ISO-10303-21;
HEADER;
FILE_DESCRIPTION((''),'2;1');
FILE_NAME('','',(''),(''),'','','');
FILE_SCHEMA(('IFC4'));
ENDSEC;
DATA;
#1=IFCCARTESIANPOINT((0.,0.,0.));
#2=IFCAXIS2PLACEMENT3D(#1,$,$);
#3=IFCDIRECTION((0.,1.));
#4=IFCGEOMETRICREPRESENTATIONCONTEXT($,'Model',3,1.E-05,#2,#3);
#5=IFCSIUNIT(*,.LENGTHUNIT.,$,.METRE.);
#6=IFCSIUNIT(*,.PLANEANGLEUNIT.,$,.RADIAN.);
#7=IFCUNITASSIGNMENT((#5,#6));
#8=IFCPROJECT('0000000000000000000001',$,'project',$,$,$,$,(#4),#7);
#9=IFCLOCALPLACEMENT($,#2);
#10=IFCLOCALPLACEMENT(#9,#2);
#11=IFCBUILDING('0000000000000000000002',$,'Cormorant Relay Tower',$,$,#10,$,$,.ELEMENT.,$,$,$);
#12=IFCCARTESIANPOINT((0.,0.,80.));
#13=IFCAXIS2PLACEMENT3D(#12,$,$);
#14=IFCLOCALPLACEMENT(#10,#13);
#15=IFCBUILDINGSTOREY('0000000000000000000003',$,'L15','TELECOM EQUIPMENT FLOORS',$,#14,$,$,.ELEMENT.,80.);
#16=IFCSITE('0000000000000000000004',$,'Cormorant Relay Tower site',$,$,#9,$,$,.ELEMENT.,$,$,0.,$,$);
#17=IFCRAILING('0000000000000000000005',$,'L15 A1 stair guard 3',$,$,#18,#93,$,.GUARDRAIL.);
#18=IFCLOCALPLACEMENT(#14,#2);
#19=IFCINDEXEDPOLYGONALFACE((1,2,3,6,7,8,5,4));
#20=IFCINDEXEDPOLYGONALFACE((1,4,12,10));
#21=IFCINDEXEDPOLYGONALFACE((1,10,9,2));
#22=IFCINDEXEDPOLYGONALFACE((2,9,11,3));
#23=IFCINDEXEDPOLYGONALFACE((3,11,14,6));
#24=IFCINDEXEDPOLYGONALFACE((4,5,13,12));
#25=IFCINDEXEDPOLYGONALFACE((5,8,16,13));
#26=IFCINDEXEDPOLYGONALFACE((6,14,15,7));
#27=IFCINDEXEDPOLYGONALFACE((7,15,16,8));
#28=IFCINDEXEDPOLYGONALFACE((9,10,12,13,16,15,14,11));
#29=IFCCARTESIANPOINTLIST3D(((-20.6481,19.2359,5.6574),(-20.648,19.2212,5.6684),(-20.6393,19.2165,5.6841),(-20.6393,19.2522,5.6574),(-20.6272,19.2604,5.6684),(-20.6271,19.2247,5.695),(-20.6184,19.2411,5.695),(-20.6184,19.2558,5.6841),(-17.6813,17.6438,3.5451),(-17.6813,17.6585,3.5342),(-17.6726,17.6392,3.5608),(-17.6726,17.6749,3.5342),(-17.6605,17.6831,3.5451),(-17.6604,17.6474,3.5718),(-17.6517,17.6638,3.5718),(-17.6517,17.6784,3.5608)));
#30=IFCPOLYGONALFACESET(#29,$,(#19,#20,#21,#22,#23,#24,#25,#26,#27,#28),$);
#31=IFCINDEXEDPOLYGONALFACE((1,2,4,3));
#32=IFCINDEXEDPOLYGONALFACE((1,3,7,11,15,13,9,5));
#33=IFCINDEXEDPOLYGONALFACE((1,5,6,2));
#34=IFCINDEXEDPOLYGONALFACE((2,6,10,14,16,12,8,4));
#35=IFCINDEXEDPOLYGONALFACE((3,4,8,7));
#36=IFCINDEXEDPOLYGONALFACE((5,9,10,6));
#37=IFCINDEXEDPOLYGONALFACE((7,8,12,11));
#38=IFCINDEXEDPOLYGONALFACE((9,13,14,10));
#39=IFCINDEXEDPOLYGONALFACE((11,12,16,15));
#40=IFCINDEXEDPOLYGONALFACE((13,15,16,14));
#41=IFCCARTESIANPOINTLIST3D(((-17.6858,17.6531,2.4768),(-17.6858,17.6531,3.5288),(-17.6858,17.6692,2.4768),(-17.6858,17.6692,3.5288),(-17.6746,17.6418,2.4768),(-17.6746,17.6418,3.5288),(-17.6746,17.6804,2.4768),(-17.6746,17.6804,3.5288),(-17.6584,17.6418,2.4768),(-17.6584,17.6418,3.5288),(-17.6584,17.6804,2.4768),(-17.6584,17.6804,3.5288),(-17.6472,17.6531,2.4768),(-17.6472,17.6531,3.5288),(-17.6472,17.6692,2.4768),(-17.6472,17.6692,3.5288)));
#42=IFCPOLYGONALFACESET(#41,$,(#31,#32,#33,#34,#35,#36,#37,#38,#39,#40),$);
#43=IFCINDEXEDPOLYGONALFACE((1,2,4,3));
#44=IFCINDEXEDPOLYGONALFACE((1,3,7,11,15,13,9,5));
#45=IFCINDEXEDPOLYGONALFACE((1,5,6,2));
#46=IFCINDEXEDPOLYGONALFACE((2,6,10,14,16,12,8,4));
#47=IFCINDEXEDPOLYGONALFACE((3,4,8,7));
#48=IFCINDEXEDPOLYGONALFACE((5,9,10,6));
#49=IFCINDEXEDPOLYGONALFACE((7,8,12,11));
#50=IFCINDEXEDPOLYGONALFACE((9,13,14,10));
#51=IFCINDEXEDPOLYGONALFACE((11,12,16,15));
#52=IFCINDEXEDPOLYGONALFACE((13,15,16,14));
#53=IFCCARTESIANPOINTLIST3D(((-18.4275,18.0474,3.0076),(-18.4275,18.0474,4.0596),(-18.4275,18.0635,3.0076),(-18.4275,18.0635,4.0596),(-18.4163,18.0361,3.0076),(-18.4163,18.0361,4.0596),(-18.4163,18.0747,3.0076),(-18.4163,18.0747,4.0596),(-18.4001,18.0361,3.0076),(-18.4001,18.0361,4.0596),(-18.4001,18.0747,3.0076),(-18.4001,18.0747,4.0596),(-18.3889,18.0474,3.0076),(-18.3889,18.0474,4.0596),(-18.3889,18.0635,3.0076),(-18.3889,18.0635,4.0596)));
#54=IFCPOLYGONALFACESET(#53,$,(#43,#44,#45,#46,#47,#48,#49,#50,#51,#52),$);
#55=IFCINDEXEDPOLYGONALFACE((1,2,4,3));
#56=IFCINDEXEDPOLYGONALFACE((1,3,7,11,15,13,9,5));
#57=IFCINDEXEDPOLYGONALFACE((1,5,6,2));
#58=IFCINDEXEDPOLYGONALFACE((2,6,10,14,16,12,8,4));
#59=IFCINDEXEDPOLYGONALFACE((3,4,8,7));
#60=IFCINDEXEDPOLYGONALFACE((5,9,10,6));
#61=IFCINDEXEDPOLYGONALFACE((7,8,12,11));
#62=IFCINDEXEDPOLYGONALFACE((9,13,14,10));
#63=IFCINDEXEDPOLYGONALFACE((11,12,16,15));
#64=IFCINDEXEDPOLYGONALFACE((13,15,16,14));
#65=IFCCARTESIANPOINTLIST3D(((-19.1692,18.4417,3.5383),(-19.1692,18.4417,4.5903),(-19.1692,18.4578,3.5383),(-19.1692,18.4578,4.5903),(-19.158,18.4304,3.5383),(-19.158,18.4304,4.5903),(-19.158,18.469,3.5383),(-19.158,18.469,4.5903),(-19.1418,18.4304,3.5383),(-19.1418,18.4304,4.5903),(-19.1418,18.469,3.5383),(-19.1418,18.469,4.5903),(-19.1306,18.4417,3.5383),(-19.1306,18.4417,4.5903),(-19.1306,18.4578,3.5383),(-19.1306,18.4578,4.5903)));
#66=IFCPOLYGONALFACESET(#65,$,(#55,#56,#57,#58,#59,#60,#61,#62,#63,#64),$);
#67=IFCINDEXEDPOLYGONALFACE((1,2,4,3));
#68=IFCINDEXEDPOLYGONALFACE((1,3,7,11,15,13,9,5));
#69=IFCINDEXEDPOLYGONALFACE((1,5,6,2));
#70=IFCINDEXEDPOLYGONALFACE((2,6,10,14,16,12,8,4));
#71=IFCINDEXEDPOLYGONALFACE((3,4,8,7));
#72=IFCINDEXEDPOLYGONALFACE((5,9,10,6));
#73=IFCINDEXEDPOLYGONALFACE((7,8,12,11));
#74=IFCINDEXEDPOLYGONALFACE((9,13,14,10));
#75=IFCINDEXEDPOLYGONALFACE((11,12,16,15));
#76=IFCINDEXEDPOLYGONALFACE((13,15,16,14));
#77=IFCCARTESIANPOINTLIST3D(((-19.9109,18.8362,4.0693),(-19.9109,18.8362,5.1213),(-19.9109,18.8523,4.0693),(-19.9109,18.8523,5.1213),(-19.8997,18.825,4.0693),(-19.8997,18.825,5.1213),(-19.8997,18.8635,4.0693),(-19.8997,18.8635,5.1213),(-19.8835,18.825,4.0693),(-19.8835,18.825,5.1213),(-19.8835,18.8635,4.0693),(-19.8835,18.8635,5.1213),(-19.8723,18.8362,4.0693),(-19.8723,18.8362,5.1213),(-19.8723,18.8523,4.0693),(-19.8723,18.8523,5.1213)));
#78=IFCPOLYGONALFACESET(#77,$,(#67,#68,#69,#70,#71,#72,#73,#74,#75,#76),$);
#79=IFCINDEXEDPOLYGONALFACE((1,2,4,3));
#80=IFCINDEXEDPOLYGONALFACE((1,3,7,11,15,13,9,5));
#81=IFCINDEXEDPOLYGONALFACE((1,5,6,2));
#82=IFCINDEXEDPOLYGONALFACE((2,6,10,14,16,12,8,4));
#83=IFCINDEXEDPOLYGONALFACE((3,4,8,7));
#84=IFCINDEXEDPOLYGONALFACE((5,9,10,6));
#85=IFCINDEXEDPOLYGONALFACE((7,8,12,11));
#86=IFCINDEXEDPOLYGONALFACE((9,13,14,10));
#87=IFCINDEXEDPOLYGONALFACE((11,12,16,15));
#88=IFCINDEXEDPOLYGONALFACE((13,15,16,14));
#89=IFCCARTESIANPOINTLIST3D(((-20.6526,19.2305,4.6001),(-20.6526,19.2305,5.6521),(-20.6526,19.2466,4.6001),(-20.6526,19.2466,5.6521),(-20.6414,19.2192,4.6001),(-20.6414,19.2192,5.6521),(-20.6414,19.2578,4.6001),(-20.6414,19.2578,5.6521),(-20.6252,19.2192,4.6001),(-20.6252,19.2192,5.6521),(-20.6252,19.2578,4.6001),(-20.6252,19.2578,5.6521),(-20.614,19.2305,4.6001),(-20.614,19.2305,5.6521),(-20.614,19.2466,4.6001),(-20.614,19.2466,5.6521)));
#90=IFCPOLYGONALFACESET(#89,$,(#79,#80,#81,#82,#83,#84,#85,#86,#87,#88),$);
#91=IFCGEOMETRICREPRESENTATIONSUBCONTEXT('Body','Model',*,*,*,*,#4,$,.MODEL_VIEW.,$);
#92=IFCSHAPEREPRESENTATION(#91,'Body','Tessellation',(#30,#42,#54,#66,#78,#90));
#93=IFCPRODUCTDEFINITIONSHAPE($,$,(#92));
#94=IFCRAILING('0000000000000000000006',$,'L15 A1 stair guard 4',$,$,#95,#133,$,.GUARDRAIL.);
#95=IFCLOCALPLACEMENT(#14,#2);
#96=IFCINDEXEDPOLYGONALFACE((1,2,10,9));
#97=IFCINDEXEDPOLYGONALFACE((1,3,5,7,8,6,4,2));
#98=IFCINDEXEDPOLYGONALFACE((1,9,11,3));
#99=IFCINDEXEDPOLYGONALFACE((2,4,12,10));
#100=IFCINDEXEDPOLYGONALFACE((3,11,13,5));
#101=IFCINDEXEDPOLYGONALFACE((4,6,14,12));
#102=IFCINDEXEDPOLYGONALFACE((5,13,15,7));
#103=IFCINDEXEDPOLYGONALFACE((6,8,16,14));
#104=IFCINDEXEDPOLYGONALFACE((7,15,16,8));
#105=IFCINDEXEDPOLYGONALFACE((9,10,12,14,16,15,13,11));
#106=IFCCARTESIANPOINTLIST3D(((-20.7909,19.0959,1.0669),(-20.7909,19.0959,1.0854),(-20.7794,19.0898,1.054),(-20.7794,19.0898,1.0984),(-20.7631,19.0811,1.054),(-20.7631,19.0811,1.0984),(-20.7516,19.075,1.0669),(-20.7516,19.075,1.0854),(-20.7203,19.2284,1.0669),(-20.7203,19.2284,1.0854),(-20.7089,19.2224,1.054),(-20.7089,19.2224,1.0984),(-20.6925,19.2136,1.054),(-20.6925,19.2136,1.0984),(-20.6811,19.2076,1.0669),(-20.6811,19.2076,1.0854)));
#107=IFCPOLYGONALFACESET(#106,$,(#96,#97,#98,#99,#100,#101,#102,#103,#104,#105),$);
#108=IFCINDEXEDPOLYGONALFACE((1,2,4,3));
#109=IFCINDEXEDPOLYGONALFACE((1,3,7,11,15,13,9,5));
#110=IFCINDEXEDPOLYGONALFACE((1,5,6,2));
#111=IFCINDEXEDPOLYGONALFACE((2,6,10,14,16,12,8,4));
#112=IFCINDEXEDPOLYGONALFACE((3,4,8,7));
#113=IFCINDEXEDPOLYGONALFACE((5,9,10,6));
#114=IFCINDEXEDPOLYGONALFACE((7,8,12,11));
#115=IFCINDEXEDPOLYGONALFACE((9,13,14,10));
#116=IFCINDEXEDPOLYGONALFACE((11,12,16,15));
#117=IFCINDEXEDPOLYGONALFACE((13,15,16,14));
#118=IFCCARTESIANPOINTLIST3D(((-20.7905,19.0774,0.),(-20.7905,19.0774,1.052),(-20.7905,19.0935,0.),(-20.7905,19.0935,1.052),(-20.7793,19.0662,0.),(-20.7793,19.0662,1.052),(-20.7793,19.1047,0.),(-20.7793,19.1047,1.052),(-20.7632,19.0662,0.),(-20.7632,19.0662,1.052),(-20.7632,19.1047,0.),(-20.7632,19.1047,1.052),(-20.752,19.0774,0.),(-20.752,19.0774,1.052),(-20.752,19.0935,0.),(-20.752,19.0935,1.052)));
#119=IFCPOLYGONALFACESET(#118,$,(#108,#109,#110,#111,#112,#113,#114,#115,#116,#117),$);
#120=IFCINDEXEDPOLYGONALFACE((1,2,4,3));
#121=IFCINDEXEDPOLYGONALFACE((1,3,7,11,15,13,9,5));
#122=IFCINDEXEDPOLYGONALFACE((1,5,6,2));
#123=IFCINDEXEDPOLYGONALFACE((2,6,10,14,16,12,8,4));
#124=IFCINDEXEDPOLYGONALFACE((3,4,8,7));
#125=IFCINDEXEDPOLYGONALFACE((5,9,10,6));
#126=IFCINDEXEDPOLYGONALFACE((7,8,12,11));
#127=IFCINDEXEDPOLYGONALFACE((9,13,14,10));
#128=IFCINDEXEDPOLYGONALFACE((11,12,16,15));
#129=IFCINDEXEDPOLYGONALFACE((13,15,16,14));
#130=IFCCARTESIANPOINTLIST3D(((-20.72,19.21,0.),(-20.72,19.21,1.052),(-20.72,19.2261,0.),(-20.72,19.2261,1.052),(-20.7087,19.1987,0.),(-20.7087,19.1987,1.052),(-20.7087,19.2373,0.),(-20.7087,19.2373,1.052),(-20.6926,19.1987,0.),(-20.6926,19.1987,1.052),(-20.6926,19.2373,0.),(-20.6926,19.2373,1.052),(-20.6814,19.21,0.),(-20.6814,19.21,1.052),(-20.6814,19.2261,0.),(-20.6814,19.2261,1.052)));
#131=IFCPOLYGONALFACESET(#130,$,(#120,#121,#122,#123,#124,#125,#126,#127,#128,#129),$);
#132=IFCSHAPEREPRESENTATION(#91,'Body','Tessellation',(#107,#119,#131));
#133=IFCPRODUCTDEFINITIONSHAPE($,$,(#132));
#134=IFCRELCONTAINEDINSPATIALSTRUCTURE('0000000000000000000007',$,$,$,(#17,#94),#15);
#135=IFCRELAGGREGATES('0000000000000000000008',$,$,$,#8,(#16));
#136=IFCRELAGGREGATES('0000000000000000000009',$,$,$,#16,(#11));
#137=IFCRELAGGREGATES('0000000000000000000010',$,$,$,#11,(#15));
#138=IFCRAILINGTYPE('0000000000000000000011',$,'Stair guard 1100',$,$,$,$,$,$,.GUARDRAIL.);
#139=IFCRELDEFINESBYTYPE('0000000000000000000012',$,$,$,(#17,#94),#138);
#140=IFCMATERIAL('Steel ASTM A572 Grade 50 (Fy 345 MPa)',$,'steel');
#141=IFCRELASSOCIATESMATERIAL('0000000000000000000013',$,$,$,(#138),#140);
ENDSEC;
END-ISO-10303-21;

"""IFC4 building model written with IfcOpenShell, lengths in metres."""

from ifc_helpers import new_model, si_unit, direction, frame, origin, place, context, subcontext, project, spatial, polyline, outline, extrude, material, type_object, element, save


model = new_model("IFC4")

# Units and contexts
model_context = context("Model", 3, precision=1e-05, world=origin(), true_north=direction((0.0, 1.0)))
body_context = subcontext(model_context, "Body", "Model", "MODEL_VIEW")
ifc_project = project(units=[si_unit("LENGTHUNIT", "METRE"), si_unit("PLANEANGLEUNIT", "RADIAN")], contexts=[model_context])

# Site, building, storey
site_placement = place(None, origin())
site = spatial("IfcSite", under=ifc_project, at=site_placement, Name="Cormorant Relay Tower site", CompositionType="ELEMENT", RefElevation=0.0)
building_placement = place(site_placement, origin())
building = spatial("IfcBuilding", under=site, at=building_placement, Name="Cormorant Relay Tower", CompositionType="ELEMENT")
storey_placement = place(building_placement, frame((0.0, 0.0, 80.0)))
storey = spatial("IfcBuildingStorey", under=building, at=storey_placement, Name="L15", Description="TELECOM EQUIPMENT FLOORS", CompositionType="ELEMENT", Elevation=80.0)

# Railings
ifc_material_1 = material(Name="Steel ASTM A572 Grade 50 (Fy 345 MPa)", Category="steel")
railing_type_1 = type_object("IfcRailingType", Name="Stair guard 1100", PredefinedType="GUARDRAIL", material=ifc_material_1)
railing_1_placement = place(storey_placement, frame((-17.6665, 17.6611, 2.4768)))
element("IfcRailing", 1, at=railing_1_placement, inside=storey, type_object=railing_type_1, Name="L15 A1 stair guard 3", PredefinedType="GUARDRAIL", context=body_context, shape_type="SweptSolid", body=[
    extrude(outline(polyline([(0.0222, 0.0093), (0.0093, 0.0222), (-0.0093, 0.0222), (-0.0222, 0.0093), (-0.0222, -0.0093), (-0.0093, -0.0222), (0.0093, -0.0222), (0.0222, -0.0093), (0.0222, 0.0093)])), frame((0.0, 0.0, 1.0762), z_axis=(-0.746416, 0.396856, 0.534199), x_axis=(-0.469453, -0.882958, 0.0)), (0.0, 0.0, 1.0), 3.9746),
    extrude(outline(polyline([(0.0193, 0.0081), (0.0081, 0.0193), (-0.0081, 0.0193), (-0.0193, 0.0081), (-0.0193, -0.0081), (-0.0081, -0.0193), (0.0081, -0.0193), (0.0193, -0.0081), (0.0193, 0.0081)])), origin(), (0.0, 0.0, 1.0), 1.052),
    extrude(outline(polyline([(0.0193, 0.0081), (0.0081, 0.0193), (-0.0081, 0.0193), (-0.0193, 0.0081), (-0.0193, -0.0081), (-0.0081, -0.0193), (0.0081, -0.0193), (0.0193, -0.0081), (0.0193, 0.0081)])), frame((-0.7417, 0.3943, 0.5308)), (0.0, 0.0, 1.0), 1.052),
    extrude(outline(polyline([(0.0193, 0.0081), (0.0081, 0.0193), (-0.0081, 0.0193), (-0.0193, 0.0081), (-0.0193, -0.0081), (-0.0081, -0.0193), (0.0081, -0.0193), (0.0193, -0.0081), (0.0193, 0.0081)])), frame((-1.4834, 0.7886, 1.0615)), (0.0, 0.0, 1.0), 1.052),
    extrude(outline(polyline([(0.0193, 0.0081), (0.0081, 0.0193), (-0.0081, 0.0193), (-0.0193, 0.0081), (-0.0193, -0.0081), (-0.0081, -0.0193), (0.0081, -0.0193), (0.0193, -0.0081), (0.0193, 0.0081)])), frame((-2.2251, 1.1831, 1.5925)), (0.0, 0.0, 1.0), 1.052),
    extrude(outline(polyline([(0.0193, 0.0081), (0.0081, 0.0193), (-0.0081, 0.0193), (-0.0193, 0.0081), (-0.0193, -0.0081), (-0.0081, -0.0193), (0.0081, -0.0193), (0.0193, -0.0081), (0.0193, 0.0081)])), frame((-2.9668, 1.5774, 2.1233)), (0.0, 0.0, 1.0), 1.052),
])
railing_2_placement = place(storey_placement, frame((-20.7712, 19.0854, 0.0)))
element("IfcRailing", 2, at=railing_2_placement, inside=storey, type_object=railing_type_1, Name="L15 A1 stair guard 4", PredefinedType="GUARDRAIL", context=body_context, shape_type="SweptSolid", body=[
    extrude(outline(polyline([(0.0222, 0.0093), (0.0093, 0.0222), (-0.0093, 0.0222), (-0.0222, 0.0093), (-0.0222, -0.0093), (-0.0093, -0.0222), (0.0093, -0.0222), (0.0222, -0.0093), (0.0222, 0.0093)])), frame((0.0, 0.0, 1.0762), z_axis=(0.469829, 0.882758, 0.0), x_axis=(-0.882758, 0.469829, 0.0)), (0.0, 0.0, 1.0), 0.1501),
    extrude(outline(polyline([(0.0193, 0.0081), (0.0081, 0.0193), (-0.0081, 0.0193), (-0.0193, 0.0081), (-0.0193, -0.0081), (-0.0081, -0.0193), (0.0081, -0.0193), (0.0193, -0.0081), (0.0193, 0.0081)])), origin(), (0.0, 0.0, 1.0), 1.052),
    extrude(outline(polyline([(0.0193, 0.0081), (0.0081, 0.0193), (-0.0081, 0.0193), (-0.0193, 0.0081), (-0.0193, -0.0081), (-0.0081, -0.0193), (0.0081, -0.0193), (0.0193, -0.0081), (0.0193, 0.0081)])), frame((0.0706, 0.1326, 0.0)), (0.0, 0.0, 1.0), 1.052),
])

save(model, "model.ifc")
